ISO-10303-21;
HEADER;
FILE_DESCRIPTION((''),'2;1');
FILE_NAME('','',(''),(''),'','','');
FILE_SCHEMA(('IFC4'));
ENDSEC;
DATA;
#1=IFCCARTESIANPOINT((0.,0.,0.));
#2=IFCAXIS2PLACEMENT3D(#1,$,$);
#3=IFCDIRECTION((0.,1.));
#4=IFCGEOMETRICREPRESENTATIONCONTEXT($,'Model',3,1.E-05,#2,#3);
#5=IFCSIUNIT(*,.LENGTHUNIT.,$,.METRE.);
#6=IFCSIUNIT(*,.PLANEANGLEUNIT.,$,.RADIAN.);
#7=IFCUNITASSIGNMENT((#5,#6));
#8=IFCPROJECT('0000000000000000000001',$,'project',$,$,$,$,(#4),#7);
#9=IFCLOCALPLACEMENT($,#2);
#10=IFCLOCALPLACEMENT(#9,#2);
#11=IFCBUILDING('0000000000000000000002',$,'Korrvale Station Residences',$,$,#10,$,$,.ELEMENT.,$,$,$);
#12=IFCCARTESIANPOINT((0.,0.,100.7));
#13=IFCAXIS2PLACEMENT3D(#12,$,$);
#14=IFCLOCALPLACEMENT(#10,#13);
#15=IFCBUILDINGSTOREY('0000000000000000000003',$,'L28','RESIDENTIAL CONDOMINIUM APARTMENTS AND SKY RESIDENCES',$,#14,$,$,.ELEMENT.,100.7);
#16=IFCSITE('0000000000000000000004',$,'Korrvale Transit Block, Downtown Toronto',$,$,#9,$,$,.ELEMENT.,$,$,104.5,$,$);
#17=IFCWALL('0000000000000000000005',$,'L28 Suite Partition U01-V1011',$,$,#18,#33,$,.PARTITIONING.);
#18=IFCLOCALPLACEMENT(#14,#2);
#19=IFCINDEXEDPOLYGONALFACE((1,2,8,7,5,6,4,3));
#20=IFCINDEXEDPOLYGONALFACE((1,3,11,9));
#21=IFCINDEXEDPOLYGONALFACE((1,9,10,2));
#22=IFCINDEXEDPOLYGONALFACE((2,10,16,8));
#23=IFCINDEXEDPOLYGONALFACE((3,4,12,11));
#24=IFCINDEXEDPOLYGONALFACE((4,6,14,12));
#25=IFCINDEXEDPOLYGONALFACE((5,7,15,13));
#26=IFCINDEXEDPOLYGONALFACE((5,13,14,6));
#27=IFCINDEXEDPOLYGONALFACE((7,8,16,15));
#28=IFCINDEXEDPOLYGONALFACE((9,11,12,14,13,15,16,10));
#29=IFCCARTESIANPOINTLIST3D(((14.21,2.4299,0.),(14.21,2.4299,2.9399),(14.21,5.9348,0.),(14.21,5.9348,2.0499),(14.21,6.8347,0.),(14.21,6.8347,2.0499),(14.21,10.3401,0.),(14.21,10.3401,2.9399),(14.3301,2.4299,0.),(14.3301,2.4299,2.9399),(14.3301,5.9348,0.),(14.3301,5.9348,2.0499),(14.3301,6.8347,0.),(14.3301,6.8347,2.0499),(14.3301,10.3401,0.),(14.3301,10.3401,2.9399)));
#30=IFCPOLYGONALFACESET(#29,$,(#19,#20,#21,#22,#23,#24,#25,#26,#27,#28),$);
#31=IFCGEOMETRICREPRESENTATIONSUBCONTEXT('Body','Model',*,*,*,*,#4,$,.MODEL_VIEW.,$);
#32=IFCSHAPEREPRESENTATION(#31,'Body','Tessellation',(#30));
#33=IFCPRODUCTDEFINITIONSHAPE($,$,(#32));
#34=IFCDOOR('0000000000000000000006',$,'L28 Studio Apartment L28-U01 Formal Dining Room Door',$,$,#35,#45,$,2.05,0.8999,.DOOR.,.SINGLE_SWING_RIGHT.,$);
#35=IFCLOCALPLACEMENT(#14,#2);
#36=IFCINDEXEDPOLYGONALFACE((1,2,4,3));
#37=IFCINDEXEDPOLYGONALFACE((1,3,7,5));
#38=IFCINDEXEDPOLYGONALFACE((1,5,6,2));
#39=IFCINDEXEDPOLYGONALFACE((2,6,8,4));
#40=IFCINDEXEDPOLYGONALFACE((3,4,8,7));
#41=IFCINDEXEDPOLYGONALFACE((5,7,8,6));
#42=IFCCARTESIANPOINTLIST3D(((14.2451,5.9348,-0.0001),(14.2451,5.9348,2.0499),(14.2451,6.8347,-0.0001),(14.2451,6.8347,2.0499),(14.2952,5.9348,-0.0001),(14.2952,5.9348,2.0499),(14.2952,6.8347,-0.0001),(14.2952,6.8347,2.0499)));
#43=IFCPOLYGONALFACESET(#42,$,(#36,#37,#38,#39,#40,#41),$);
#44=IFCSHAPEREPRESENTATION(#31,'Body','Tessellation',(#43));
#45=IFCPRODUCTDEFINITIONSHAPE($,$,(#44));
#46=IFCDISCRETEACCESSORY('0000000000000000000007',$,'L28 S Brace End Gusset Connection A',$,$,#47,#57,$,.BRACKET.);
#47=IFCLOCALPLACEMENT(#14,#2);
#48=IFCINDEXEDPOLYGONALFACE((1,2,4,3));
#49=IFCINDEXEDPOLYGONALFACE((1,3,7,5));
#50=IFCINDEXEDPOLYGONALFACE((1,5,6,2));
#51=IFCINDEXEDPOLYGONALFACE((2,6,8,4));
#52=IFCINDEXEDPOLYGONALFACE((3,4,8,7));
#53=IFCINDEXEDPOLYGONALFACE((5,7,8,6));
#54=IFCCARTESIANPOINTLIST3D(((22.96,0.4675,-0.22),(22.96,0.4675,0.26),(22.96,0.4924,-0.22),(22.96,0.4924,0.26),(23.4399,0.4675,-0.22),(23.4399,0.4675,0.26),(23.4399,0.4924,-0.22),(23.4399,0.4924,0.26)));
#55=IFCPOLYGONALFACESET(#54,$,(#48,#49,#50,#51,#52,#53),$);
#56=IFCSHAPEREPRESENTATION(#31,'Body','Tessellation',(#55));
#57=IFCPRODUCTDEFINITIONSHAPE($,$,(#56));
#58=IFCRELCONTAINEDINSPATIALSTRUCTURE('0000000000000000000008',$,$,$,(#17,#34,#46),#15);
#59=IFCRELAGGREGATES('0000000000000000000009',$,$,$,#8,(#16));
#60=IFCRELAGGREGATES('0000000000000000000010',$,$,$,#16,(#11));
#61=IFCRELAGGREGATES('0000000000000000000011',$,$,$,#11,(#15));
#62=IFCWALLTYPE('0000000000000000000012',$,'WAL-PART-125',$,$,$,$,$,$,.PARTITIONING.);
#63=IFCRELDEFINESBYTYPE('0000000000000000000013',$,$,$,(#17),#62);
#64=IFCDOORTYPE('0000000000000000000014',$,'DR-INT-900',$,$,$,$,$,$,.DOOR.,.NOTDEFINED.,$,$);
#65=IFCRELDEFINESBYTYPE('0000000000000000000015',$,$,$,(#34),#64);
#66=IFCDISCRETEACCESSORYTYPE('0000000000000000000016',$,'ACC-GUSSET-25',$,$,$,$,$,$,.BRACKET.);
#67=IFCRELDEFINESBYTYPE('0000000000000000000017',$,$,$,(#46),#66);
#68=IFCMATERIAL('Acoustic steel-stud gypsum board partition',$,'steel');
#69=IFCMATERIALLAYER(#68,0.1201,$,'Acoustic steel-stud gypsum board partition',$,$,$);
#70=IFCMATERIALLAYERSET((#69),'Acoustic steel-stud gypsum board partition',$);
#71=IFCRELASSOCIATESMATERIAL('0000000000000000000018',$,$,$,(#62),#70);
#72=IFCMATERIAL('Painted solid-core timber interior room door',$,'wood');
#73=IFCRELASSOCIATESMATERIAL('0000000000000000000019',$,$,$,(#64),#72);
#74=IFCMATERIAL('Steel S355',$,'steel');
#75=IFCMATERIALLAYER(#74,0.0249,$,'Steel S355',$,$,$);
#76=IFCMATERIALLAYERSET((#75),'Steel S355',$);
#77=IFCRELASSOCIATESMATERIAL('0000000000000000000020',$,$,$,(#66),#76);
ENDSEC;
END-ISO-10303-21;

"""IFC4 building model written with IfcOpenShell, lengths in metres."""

from ifc_helpers import new_model, si_unit, direction, frame, frame_2d, origin, origin_2d, place, context, subcontext, project, spatial, rectangle, extrude, material, layer, layer_set, type_object, element, fill, save


model = new_model("IFC4")

# Units and contexts
model_context = context("Model", 3, precision=1e-05, world=origin(), true_north=direction((0.0, 1.0)))
body_context = subcontext(model_context, "Body", "Model", "MODEL_VIEW")
ifc_project = project(units=[si_unit("LENGTHUNIT", "METRE"), si_unit("PLANEANGLEUNIT", "RADIAN")], contexts=[model_context])

# Site, building, storey
site_placement = place(None, origin())
site = spatial("IfcSite", under=ifc_project, at=site_placement, Name="Korrvale Transit Block, Downtown Toronto", CompositionType="ELEMENT", RefElevation=104.5)
building_placement = place(site_placement, origin())
building = spatial("IfcBuilding", under=site, at=building_placement, Name="Korrvale Station Residences", CompositionType="ELEMENT")
storey_placement = place(building_placement, frame((0.0, 0.0, 100.7)))
storey = spatial("IfcBuildingStorey", under=building, at=storey_placement, Name="L28", Description="RESIDENTIAL CONDOMINIUM APARTMENTS AND SKY RESIDENCES", CompositionType="ELEMENT", Elevation=100.7)

# Shared definitions
ifc_material_1 = material(Name="Steel S355", Category="steel")

# Shared definitions
ifc_material_2 = material(Name="Acoustic steel-stud gypsum board partition", Category="steel")
ifc_layer_1 = layer(ifc_material_2, 0.1201, Name="Acoustic steel-stud gypsum board partition")
ifc_layer_set_1 = layer_set([ifc_layer_1], Name="Acoustic steel-stud gypsum board partition")
wall_type_1 = type_object("IfcWallType", Name="WAL-PART-125", PredefinedType="PARTITIONING", material=ifc_layer_set_1)
ifc_material_3 = material(Name="Painted solid-core timber interior room door", Category="wood")
door_type_1 = type_object("IfcDoorType", Name="DR-INT-900", OperationType="NOTDEFINED", PredefinedType="DOOR", material=ifc_material_3)

# Wall, opening, door
wall_1_placement = place(storey_placement, frame((14.27, 2.4299, 0.0), z_axis=(0.0, 0.0, 1.0), x_axis=(0.0, 1.0, 0.0)))
wall_1 = element("IfcWall", 1, at=wall_1_placement, inside=storey, type_object=wall_type_1, Name="L28 Suite Partition U01-V1011", PredefinedType="PARTITIONING", context=body_context, shape_type="SweptSolid", body=[
    extrude(rectangle(XDim=7.9102, YDim=0.1201, at=frame_2d((3.9551, 0.0))), origin(), (0.0, 0.0, 1.0), 2.9399),
])
opening_1_placement = place(wall_1_placement, frame((3.5049, 0.0, 0.0)))
opening_1 = element("IfcOpeningElement", 2, at=opening_1_placement, cuts=wall_1, PredefinedType="OPENING", context=body_context, shape_type="SweptSolid", body=[
    extrude(rectangle(XDim=0.8999, YDim=2.05, at=frame_2d((0.45, 1.0249))), frame((0.0, 0.0701, 0.0), z_axis=(0.0, -1.0, 0.0), x_axis=(1.0, 0.0, 0.0)), (0.0, 0.0, 1.0), 0.1401),
])
door_1_placement = place(opening_1_placement, origin())
door_1 = element("IfcDoor", 3, at=door_1_placement, inside=storey, type_object=door_type_1, Name="L28 Studio Apartment L28-U01 Formal Dining Room Door", OperationType="SINGLE_SWING_RIGHT", OverallHeight=2.05, OverallWidth=0.8999, PredefinedType="DOOR", context=body_context, shape_type="SweptSolid", body=[
    extrude(rectangle(XDim=0.8999, YDim=2.05, at=frame_2d((0.45, 1.0249))), frame((0.0, 0.0249, 0.0), z_axis=(0.0, -1.0, 0.0), x_axis=(1.0, 0.0, 0.0)), (0.0, 0.0, 1.0), 0.05),
])
fill(opening_1, door_1)

# Discrete accessory
ifc_layer_2 = layer(ifc_material_1, 0.0249, Name="Steel S355")
ifc_layer_set_2 = layer_set([ifc_layer_2], Name="Steel S355")
discrete_accessory_type = type_object("IfcDiscreteAccessoryType", Name="ACC-GUSSET-25", PredefinedType="BRACKET", material=ifc_layer_set_2)
discrete_accessory_placement = place(storey_placement, frame((23.2, 0.48, -0.22), z_axis=(0.0, 0.0, 1.0), x_axis=(1.0, 0.0, 0.0)))
element("IfcDiscreteAccessory", 4, at=discrete_accessory_placement, inside=storey, type_object=discrete_accessory_type, Name="L28 S Brace End Gusset Connection A", PredefinedType="BRACKET", context=body_context, shape_type="SweptSolid", body=[
    extrude(rectangle(XDim=0.48, YDim=0.0249, at=origin_2d()), origin(), (0.0, 0.0, 1.0), 0.48),
])

save(model, "model.ifc")
